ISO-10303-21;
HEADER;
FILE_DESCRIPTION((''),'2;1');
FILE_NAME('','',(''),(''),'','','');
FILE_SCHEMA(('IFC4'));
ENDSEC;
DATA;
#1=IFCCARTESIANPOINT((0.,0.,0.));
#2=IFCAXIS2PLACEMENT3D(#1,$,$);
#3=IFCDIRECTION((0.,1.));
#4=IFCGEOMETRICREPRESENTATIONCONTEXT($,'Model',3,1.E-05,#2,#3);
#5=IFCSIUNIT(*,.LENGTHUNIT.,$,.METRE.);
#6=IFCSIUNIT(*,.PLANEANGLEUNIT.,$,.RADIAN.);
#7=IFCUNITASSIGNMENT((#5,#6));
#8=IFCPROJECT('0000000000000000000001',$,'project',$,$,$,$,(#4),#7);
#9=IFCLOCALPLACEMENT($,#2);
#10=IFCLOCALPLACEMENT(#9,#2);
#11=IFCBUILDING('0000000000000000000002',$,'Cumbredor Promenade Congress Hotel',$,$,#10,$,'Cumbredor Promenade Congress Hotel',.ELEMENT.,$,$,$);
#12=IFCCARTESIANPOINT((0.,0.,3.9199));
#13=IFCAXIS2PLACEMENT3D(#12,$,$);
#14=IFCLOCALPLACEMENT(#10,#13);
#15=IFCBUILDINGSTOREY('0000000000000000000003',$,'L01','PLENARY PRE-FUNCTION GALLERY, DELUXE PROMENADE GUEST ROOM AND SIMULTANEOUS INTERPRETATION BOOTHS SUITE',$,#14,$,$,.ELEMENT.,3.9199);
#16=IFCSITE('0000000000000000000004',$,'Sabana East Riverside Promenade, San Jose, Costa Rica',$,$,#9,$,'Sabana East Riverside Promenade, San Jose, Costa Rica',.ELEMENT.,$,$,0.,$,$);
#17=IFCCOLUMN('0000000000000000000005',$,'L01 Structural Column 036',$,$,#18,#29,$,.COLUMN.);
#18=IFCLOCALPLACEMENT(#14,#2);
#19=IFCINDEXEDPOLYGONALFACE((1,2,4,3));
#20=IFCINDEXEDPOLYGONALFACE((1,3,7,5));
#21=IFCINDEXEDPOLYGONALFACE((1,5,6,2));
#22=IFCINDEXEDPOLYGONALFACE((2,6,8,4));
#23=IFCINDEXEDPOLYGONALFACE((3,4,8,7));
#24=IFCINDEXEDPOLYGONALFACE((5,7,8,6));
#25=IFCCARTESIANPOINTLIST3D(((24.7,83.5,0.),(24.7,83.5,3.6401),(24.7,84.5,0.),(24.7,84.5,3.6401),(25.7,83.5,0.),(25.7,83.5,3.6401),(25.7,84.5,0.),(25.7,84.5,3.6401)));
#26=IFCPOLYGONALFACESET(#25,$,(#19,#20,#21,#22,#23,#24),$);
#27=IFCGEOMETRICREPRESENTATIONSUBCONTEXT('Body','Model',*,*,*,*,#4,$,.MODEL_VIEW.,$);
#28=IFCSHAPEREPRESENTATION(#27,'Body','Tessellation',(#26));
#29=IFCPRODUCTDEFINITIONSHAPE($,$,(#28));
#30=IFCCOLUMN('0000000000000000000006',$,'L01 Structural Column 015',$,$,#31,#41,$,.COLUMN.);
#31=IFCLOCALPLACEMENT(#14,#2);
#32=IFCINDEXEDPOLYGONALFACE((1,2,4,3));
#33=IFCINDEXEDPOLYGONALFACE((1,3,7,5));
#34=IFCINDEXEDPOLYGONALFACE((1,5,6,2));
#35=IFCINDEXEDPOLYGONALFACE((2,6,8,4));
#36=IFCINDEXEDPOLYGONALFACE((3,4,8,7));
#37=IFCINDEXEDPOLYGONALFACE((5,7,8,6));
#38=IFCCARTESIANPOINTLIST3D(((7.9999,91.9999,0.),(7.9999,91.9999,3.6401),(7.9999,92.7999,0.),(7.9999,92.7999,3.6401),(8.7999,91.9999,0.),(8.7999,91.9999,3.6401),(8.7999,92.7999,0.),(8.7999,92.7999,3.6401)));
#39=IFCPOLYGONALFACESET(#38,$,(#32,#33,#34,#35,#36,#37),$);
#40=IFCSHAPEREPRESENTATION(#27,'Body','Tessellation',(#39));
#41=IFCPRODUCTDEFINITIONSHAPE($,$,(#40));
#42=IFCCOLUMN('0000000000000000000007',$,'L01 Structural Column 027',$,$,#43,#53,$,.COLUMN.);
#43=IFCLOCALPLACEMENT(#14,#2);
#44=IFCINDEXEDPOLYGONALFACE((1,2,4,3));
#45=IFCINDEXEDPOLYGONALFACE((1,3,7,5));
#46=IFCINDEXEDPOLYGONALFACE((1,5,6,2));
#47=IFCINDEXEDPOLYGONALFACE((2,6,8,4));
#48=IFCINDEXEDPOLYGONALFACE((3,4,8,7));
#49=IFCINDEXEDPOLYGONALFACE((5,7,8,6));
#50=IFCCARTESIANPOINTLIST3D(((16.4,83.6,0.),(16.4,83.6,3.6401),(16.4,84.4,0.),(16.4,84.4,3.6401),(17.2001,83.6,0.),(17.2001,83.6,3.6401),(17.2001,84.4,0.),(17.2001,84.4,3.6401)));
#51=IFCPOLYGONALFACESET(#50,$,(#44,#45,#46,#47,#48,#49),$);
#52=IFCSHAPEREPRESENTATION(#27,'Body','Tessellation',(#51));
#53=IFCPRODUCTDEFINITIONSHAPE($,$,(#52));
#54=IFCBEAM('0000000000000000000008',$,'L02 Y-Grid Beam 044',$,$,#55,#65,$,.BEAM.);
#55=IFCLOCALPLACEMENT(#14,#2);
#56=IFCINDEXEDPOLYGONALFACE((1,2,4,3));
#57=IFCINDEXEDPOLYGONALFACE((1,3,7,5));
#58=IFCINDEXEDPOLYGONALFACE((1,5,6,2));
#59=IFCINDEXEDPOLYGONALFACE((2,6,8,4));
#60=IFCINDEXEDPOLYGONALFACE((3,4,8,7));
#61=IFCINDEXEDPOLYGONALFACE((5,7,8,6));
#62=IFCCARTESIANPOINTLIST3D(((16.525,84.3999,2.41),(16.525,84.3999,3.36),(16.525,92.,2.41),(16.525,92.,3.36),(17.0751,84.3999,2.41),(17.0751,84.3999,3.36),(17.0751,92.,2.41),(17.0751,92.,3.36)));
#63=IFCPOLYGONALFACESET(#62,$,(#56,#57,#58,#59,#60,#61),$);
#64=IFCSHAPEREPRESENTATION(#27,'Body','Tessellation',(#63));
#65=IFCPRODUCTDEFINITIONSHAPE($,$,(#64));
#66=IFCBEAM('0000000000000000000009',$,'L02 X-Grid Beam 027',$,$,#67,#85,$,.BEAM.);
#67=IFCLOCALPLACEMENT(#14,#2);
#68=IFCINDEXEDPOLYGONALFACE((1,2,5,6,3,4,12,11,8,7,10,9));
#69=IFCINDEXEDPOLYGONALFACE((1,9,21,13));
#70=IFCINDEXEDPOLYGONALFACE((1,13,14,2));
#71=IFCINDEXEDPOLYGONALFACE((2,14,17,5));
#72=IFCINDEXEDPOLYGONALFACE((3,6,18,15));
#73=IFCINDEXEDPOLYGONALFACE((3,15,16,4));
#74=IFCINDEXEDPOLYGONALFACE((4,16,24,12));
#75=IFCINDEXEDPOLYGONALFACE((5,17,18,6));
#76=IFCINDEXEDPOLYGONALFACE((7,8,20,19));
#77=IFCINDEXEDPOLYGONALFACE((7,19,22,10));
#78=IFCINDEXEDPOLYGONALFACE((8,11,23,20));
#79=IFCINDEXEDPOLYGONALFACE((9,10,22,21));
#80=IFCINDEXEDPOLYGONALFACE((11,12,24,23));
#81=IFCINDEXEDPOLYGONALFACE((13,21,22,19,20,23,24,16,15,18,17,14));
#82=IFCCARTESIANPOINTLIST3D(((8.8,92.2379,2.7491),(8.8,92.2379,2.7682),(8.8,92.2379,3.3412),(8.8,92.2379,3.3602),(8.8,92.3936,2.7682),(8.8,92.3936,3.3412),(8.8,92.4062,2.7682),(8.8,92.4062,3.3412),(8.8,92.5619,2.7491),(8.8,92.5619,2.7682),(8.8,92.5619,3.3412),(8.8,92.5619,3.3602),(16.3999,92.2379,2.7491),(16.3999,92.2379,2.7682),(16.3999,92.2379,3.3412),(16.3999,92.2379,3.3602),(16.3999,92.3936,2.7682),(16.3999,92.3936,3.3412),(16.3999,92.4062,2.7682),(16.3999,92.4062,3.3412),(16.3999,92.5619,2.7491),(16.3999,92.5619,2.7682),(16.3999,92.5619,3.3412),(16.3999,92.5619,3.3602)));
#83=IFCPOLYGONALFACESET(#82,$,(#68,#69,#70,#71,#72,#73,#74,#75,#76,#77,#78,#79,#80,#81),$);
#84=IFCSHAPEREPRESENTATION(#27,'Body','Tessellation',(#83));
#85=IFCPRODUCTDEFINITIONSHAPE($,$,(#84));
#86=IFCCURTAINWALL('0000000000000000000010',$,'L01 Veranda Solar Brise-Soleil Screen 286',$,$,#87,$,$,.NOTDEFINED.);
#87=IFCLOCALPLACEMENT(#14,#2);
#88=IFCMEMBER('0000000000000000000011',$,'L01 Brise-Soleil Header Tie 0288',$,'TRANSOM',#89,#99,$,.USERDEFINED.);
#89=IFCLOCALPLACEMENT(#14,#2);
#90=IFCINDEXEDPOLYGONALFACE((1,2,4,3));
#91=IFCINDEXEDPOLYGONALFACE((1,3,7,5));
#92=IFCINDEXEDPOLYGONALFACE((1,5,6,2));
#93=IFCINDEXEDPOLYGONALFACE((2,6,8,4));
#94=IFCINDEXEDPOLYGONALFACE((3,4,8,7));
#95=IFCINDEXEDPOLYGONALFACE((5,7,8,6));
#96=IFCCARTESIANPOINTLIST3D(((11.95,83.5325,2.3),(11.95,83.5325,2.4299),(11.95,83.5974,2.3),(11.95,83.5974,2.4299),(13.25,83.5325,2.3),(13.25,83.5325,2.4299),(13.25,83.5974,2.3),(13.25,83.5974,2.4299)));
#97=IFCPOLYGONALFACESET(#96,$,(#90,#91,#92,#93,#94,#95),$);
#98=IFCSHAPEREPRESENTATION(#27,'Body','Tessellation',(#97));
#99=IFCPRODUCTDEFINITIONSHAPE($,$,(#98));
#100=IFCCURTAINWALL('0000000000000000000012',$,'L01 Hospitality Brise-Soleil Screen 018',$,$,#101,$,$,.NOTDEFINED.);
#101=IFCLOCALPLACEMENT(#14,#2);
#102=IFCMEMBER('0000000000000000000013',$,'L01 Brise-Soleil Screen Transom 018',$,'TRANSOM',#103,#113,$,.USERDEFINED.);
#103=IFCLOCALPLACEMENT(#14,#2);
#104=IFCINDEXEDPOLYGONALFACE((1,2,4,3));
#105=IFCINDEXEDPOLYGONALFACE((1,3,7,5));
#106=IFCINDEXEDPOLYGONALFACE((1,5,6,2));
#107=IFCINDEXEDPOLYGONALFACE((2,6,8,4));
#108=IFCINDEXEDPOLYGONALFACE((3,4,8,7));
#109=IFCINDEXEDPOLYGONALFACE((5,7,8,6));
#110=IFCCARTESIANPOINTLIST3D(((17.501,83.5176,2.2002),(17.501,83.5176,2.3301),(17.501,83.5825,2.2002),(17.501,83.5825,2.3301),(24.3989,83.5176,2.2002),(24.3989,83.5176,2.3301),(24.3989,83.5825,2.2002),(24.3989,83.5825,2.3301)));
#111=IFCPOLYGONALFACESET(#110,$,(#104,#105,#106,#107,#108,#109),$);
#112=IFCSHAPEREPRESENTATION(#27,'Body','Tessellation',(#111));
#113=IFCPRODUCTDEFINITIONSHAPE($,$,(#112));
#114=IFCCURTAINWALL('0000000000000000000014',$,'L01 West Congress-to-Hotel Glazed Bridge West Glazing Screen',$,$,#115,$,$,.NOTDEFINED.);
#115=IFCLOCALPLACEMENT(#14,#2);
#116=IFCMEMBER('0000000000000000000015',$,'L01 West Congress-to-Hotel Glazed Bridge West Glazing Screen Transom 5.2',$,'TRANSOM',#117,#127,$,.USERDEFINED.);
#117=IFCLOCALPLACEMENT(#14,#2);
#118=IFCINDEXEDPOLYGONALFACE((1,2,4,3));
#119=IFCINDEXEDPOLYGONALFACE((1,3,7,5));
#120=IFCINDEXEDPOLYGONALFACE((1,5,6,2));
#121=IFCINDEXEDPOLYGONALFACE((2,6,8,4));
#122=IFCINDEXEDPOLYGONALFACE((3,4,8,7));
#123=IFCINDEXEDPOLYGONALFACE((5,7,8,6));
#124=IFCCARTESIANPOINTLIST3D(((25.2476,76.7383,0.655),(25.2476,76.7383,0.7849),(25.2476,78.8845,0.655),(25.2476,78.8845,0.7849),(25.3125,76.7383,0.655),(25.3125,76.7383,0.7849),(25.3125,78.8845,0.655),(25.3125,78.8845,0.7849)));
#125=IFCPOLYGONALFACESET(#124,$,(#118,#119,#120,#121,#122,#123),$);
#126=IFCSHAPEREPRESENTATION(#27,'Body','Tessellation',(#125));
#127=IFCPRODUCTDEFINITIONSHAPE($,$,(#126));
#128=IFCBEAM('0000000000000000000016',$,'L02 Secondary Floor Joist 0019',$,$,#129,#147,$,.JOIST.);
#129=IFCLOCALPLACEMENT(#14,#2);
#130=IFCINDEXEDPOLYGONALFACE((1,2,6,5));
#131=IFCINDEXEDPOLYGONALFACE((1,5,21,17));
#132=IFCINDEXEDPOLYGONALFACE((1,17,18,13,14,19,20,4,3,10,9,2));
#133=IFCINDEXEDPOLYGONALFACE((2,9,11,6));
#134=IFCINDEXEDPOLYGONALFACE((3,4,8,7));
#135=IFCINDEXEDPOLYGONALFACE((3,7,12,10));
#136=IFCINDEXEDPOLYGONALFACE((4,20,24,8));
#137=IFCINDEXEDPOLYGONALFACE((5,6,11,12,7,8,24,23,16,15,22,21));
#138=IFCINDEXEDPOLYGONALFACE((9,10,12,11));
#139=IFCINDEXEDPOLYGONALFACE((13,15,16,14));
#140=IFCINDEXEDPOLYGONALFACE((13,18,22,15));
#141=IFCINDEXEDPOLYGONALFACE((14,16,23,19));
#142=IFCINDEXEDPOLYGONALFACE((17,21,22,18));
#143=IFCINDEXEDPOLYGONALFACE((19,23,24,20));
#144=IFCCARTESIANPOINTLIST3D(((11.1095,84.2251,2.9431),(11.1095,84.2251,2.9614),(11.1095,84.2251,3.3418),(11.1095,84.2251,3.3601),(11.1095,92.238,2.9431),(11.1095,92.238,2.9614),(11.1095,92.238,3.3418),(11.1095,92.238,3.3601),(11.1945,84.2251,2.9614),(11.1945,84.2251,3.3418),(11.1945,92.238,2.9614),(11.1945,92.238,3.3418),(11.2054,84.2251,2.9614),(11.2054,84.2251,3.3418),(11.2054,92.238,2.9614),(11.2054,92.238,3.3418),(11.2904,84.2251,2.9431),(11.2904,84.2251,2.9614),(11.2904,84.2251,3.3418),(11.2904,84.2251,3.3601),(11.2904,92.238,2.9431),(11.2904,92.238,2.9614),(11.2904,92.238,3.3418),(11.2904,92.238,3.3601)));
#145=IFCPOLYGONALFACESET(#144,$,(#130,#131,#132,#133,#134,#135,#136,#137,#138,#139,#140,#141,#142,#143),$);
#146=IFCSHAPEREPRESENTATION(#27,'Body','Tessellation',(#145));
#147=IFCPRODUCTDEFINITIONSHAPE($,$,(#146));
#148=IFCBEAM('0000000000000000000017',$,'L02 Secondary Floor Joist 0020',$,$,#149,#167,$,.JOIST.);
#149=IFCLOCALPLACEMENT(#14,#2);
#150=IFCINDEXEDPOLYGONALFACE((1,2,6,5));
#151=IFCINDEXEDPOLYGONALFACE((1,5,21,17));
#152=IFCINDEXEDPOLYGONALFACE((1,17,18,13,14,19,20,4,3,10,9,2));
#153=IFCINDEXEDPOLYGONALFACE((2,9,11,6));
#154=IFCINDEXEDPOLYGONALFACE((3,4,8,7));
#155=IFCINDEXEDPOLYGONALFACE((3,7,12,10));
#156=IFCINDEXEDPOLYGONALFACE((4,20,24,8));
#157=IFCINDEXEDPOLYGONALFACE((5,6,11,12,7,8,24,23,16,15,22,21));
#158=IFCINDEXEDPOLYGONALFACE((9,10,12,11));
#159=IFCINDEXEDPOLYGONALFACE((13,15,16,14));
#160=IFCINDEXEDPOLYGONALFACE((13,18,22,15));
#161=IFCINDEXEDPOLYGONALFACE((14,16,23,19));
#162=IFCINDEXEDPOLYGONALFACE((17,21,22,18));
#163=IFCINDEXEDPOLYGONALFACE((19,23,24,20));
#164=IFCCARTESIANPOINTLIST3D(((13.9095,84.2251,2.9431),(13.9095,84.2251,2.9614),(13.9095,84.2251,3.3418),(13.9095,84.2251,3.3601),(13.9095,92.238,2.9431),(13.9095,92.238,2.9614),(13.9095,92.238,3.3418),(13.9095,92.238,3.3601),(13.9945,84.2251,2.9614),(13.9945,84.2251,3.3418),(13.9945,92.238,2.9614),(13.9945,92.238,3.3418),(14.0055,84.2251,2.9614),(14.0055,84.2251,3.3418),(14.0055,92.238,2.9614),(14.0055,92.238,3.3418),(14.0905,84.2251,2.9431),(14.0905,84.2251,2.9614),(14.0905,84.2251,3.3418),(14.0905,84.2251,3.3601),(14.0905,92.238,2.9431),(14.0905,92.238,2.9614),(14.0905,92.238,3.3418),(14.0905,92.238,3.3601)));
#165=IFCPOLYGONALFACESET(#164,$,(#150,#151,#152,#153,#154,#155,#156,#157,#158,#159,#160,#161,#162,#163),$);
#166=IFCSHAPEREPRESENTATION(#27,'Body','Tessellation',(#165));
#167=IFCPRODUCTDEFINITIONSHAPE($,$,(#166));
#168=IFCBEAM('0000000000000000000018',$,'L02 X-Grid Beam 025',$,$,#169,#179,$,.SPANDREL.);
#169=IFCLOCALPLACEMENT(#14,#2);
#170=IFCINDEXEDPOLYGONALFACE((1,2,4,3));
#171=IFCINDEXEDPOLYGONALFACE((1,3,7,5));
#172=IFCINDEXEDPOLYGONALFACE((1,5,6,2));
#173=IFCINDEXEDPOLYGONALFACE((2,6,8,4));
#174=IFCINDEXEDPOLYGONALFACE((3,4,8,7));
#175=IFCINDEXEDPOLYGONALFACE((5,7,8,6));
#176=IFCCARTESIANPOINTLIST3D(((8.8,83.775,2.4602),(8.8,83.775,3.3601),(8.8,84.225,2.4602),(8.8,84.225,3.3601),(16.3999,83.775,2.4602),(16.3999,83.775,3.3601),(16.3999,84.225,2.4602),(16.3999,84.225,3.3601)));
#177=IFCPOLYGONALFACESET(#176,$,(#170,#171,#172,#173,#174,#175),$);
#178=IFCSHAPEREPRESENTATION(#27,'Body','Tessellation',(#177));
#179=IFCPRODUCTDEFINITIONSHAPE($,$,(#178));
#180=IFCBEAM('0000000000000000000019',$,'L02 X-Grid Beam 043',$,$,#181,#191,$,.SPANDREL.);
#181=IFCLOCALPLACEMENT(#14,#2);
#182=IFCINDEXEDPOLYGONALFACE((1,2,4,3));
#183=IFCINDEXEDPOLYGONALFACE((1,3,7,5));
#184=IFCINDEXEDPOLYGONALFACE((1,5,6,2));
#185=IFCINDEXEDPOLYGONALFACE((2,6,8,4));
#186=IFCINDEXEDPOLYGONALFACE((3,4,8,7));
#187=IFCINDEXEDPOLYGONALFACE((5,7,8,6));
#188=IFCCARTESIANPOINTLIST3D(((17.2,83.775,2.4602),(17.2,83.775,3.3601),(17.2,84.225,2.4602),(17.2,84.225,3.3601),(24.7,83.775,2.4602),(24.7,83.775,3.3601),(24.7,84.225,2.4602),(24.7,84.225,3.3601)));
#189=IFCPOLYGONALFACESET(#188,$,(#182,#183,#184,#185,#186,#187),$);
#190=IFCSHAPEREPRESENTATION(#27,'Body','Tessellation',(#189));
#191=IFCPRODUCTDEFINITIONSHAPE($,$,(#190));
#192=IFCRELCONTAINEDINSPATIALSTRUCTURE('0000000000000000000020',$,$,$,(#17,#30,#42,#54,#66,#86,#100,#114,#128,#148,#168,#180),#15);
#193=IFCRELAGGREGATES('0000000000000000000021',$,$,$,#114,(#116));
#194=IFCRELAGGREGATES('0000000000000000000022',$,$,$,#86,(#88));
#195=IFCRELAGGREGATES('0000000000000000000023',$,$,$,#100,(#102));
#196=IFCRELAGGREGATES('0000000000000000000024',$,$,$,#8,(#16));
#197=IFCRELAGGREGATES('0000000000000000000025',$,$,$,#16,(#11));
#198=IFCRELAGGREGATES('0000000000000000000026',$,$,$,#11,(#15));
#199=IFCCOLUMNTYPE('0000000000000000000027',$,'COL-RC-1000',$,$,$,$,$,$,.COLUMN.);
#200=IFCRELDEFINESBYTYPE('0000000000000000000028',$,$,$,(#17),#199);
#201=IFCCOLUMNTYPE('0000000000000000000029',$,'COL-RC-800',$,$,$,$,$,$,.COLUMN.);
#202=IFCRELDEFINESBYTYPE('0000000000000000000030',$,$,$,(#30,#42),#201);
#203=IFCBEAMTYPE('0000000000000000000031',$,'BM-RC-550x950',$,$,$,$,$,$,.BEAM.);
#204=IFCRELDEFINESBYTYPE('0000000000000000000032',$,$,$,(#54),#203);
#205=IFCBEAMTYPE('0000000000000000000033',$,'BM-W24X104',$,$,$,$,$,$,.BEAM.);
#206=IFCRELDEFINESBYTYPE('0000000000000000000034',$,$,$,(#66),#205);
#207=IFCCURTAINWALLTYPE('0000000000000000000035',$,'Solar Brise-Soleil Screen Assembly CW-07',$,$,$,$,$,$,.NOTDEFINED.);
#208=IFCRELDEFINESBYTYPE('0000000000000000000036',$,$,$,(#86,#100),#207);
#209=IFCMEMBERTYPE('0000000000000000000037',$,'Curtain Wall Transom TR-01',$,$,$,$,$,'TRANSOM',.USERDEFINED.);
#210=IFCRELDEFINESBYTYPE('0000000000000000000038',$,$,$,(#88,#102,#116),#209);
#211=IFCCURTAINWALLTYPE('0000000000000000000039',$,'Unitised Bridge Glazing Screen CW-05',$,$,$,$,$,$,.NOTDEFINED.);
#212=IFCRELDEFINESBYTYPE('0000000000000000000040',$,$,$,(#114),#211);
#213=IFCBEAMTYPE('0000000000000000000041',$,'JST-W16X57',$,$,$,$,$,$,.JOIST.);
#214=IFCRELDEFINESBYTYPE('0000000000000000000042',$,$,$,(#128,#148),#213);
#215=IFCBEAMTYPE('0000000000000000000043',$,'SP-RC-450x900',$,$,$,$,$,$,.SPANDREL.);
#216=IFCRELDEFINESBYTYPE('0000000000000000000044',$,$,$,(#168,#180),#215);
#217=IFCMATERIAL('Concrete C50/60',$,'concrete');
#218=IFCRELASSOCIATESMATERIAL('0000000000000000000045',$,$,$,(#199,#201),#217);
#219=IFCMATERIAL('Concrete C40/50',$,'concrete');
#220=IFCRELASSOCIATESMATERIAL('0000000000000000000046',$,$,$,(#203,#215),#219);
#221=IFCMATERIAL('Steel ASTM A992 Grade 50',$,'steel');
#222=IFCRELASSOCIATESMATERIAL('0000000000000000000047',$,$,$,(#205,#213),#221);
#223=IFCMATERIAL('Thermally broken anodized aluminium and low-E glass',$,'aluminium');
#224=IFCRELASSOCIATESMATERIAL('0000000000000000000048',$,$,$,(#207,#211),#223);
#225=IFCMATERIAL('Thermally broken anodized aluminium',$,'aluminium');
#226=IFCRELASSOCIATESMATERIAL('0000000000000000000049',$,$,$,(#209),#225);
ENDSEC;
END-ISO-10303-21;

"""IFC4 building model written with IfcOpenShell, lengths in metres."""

from ifc_helpers import new_model, si_unit, direction, frame, origin, origin_2d, place, context, subcontext, project, spatial, rectangle, i_section, extrude, material, material_profile, profile_set, type_object, element, aggregate, save


model = new_model("IFC4")

# Units and contexts
model_context = context("Model", 3, precision=1e-05, world=origin(), true_north=direction((0.0, 1.0)))
body_context = subcontext(model_context, "Body", "Model", "MODEL_VIEW")
ifc_project = project(units=[si_unit("LENGTHUNIT", "METRE"), si_unit("PLANEANGLEUNIT", "RADIAN")], contexts=[model_context])

# Site, building, storey
site_placement = place(None, origin())
site = spatial("IfcSite", under=ifc_project, at=site_placement, Name="Sabana East Riverside Promenade, San Jose, Costa Rica", LongName="Sabana East Riverside Promenade, San Jose, Costa Rica", CompositionType="ELEMENT", RefElevation=0.0)
building_placement = place(site_placement, origin())
building = spatial("IfcBuilding", under=site, at=building_placement, Name="Cumbredor Promenade Congress Hotel", LongName="Cumbredor Promenade Congress Hotel", CompositionType="ELEMENT")
storey_placement = place(building_placement, frame((0.0, 0.0, 3.9199)))
storey = spatial("IfcBuildingStorey", under=building, at=storey_placement, Name="L01", Description="PLENARY PRE-FUNCTION GALLERY, DELUXE PROMENADE GUEST ROOM AND SIMULTANEOUS INTERPRETATION BOOTHS SUITE", CompositionType="ELEMENT", Elevation=3.9199)

# Columns
ifc_material_1 = material(Name="Concrete C50/60", Category="concrete")
ifc_material_profile_1 = material_profile(ifc_material_1, rectangle(XDim=1.0, YDim=1.0, at=origin_2d()), Name="RC 1000x1000")
ifc_profile_set_1 = profile_set([ifc_material_profile_1], Name="Concrete C50/60")
column_type_1 = type_object("IfcColumnType", Name="COL-RC-1000", PredefinedType="COLUMN", material=ifc_profile_set_1)
column_placement = place(storey_placement, frame((25.2, 84.0, 0.0), z_axis=(0.0, 0.0, 1.0), x_axis=(1.0, 0.0, 0.0)))
element("IfcColumn", 1, at=column_placement, inside=storey, type_object=column_type_1, Name="L01 Structural Column 036", PredefinedType="COLUMN", context=body_context, shape_type="SweptSolid", body=[
    extrude(rectangle(XDim=1.0, YDim=1.0, at=origin_2d()), origin(), (0.0, 0.0, 1.0), 3.6401),
])
ifc_material_profile_2 = material_profile(ifc_material_1, rectangle(XDim=0.8, YDim=0.8, at=origin_2d()), Name="RC 800x800")
ifc_profile_set_2 = profile_set([ifc_material_profile_2], Name="Concrete C50/60")
column_type_2 = type_object("IfcColumnType", Name="COL-RC-800", PredefinedType="COLUMN", material=ifc_profile_set_2)
for number, where, z_axis, x_axis, name in (
    (2, (8.3999, 92.3999, 0.0), (0.0, 0.0, 1.0), (1.0, 0.0, 0.0), "L01 Structural Column 015"),
    (3, (16.8, 84.0, 0.0), (0.0, 0.0, 1.0), (1.0, 0.0, 0.0), "L01 Structural Column 027"),
):
    element("IfcColumn", number, at=place(storey_placement, frame(where, z_axis=z_axis, x_axis=x_axis)), inside=storey, type_object=column_type_2, Name=name, PredefinedType="COLUMN", context=body_context, shape_type="SweptSolid", body=[
        extrude(rectangle(XDim=0.8, YDim=0.8, at=origin_2d()), origin(), (0.0, 0.0, 1.0), 3.6401),
    ])

# Beams
ifc_material_2 = material(Name="Concrete C40/50", Category="concrete")
ifc_material_profile_3 = material_profile(ifc_material_2, rectangle(XDim=0.55, YDim=0.95, at=origin_2d()), Name="RC BEAM 550x950")
ifc_profile_set_3 = profile_set([ifc_material_profile_3], Name="Concrete C40/50")
beam_type_1 = type_object("IfcBeamType", Name="BM-RC-550x950", PredefinedType="BEAM", material=ifc_profile_set_3)
beam_1_placement = place(storey_placement, frame((16.8, 84.3999, 2.885), z_axis=(0.0, 1.0, 0.0), x_axis=(-1.0, 0.0, 0.0)))
element("IfcBeam", 4, at=beam_1_placement, inside=storey, type_object=beam_type_1, Name="L02 Y-Grid Beam 044", PredefinedType="BEAM", context=body_context, shape_type="SweptSolid", body=[
    extrude(rectangle(XDim=0.55, YDim=0.95, at=origin_2d()), origin(), (0.0, 0.0, 1.0), 7.6001),
])
ifc_material_3 = material(Name="Steel ASTM A992 Grade 50", Category="steel")
ifc_material_profile_4 = material_profile(ifc_material_3, i_section(OverallWidth=0.324, OverallDepth=0.6111, WebThickness=0.0127, FlangeThickness=0.019, at=origin_2d()), Name="W24X104")
ifc_profile_set_4 = profile_set([ifc_material_profile_4], Name="Steel ASTM A992 Grade 50")
beam_type_2 = type_object("IfcBeamType", Name="BM-W24X104", PredefinedType="BEAM", material=ifc_profile_set_4)
beam_2_placement = place(storey_placement, frame((8.8, 92.3999, 3.0547), z_axis=(1.0, 0.0, 0.0), x_axis=(0.0, 1.0, 0.0)))
element("IfcBeam", 5, at=beam_2_placement, inside=storey, type_object=beam_type_2, Name="L02 X-Grid Beam 027", PredefinedType="BEAM", context=body_context, shape_type="SweptSolid", body=[
    extrude(i_section(OverallWidth=0.324, OverallDepth=0.6111, WebThickness=0.0127, FlangeThickness=0.019, at=origin_2d()), origin(), (0.0, 0.0, 1.0), 7.5999),
])

# Curtain walls, members
ifc_material_4 = material(Name="Thermally broken anodized aluminium and low-E glass", Category="aluminium")
curtain_wall_type_1 = type_object("IfcCurtainWallType", Name="Solar Brise-Soleil Screen Assembly CW-07", PredefinedType="NOTDEFINED", material=ifc_material_4)
curtain_wall_1_placement = place(storey_placement, origin())
curtain_wall_1 = element("IfcCurtainWall", 6, at=curtain_wall_1_placement, inside=storey, type_object=curtain_wall_type_1, Name="L01 Veranda Solar Brise-Soleil Screen 286", PredefinedType="NOTDEFINED")
ifc_material_5 = material(Name="Thermally broken anodized aluminium", Category="aluminium")
ifc_material_profile_5 = material_profile(ifc_material_5, rectangle(XDim=0.0649, YDim=0.1299, at=origin_2d()), Name="ALU TRANSOM 65x130")
ifc_profile_set_5 = profile_set([ifc_material_profile_5], Name="Thermally broken anodized aluminium")
member_type_1 = type_object("IfcMemberType", Name="Curtain Wall Transom TR-01", ElementType="TRANSOM", PredefinedType="USERDEFINED", material=ifc_profile_set_5)
member_1_placement = place(storey_placement, frame((11.95, 83.5649, 2.365), z_axis=(1.0, 0.0, 0.0), x_axis=(0.0, 1.0, 0.0)))
member_1 = element("IfcMember", 7, at=member_1_placement, type_object=member_type_1, Name="L01 Brise-Soleil Header Tie 0288", ObjectType="TRANSOM", PredefinedType="USERDEFINED", context=body_context, shape_type="SweptSolid", body=[
    extrude(rectangle(XDim=0.0649, YDim=0.1299, at=origin_2d()), origin(), (0.0, 0.0, 1.0), 1.3),
])
curtain_wall_2_placement = place(storey_placement, origin())
curtain_wall_2 = element("IfcCurtainWall", 8, at=curtain_wall_2_placement, inside=storey, type_object=curtain_wall_type_1, Name="L01 Hospitality Brise-Soleil Screen 018", PredefinedType="NOTDEFINED")
member_2_placement = place(storey_placement, frame((17.501, 83.55, 2.2651), z_axis=(1.0, 0.0, 0.0), x_axis=(0.0, 1.0, 0.0)))
member_2 = element("IfcMember", 9, at=member_2_placement, type_object=member_type_1, Name="L01 Brise-Soleil Screen Transom 018", ObjectType="TRANSOM", PredefinedType="USERDEFINED", context=body_context, shape_type="SweptSolid", body=[
    extrude(rectangle(XDim=0.0649, YDim=0.1299, at=origin_2d()), origin(), (0.0, 0.0, 1.0), 6.8979),
])
curtain_wall_type_2 = type_object("IfcCurtainWallType", Name="Unitised Bridge Glazing Screen CW-05", PredefinedType="NOTDEFINED", material=ifc_material_4)
curtain_wall_3_placement = place(storey_placement, origin())
curtain_wall_3 = element("IfcCurtainWall", 10, at=curtain_wall_3_placement, inside=storey, type_object=curtain_wall_type_2, Name="L01 West Congress-to-Hotel Glazed Bridge West Glazing Screen", PredefinedType="NOTDEFINED")
member_3_placement = place(storey_placement, frame((25.28, 76.7383, 0.72), z_axis=(0.0, 1.0, 0.0), x_axis=(-1.0, 0.0, 0.0)))
member_3 = element("IfcMember", 11, at=member_3_placement, type_object=member_type_1, Name="L01 West Congress-to-Hotel Glazed Bridge West Glazing Screen Transom 5.2", ObjectType="TRANSOM", PredefinedType="USERDEFINED", context=body_context, shape_type="SweptSolid", body=[
    extrude(rectangle(XDim=0.0649, YDim=0.1299, at=origin_2d()), origin(), (0.0, 0.0, 1.0), 2.1462),
])
aggregate(curtain_wall_3, [member_3])

# Beams
ifc_material_profile_6 = material_profile(ifc_material_3, i_section(OverallWidth=0.1809, OverallDepth=0.417, WebThickness=0.011, FlangeThickness=0.0183, at=origin_2d()), Name="W16X57")
ifc_profile_set_6 = profile_set([ifc_material_profile_6], Name="Steel ASTM A992 Grade 50")
beam_type_3 = type_object("IfcBeamType", Name="JST-W16X57", PredefinedType="JOIST", material=ifc_profile_set_6)
for number, where, z_axis, x_axis, name in (
    (12, (11.2, 84.2251, 3.1516), (0.0, 1.0, 0.0), (-1.0, 0.0, 0.0), "L02 Secondary Floor Joist 0019"),
    (13, (14.0, 84.2251, 3.1516), (0.0, 1.0, 0.0), (-1.0, 0.0, 0.0), "L02 Secondary Floor Joist 0020"),
):
    element("IfcBeam", number, at=place(storey_placement, frame(where, z_axis=z_axis, x_axis=x_axis)), inside=storey, type_object=beam_type_3, Name=name, PredefinedType="JOIST", context=body_context, shape_type="SweptSolid", body=[
        extrude(i_section(OverallWidth=0.1809, OverallDepth=0.417, WebThickness=0.011, FlangeThickness=0.0183, at=origin_2d()), origin(), (0.0, 0.0, 1.0), 8.0129),
    ])
ifc_material_profile_7 = material_profile(ifc_material_2, rectangle(XDim=0.45, YDim=0.8999, at=origin_2d()), Name="RC SPANDREL 450x900")
ifc_profile_set_7 = profile_set([ifc_material_profile_7], Name="Concrete C40/50")
beam_type_4 = type_object("IfcBeamType", Name="SP-RC-450x900", PredefinedType="SPANDREL", material=ifc_profile_set_7)
beam_3_placement = place(storey_placement, frame((8.8, 84.0, 2.9102), z_axis=(1.0, 0.0, 0.0), x_axis=(0.0, 1.0, 0.0)))
element("IfcBeam", 14, at=beam_3_placement, inside=storey, type_object=beam_type_4, Name="L02 X-Grid Beam 025", PredefinedType="SPANDREL", context=body_context, shape_type="SweptSolid", body=[
    extrude(rectangle(XDim=0.45, YDim=0.8999, at=origin_2d()), origin(), (0.0, 0.0, 1.0), 7.5999),
])
beam_4_placement = place(storey_placement, frame((17.2, 84.0, 2.9102), z_axis=(1.0, 0.0, 0.0), x_axis=(0.0, 1.0, 0.0)))
element("IfcBeam", 15, at=beam_4_placement, inside=storey, type_object=beam_type_4, Name="L02 X-Grid Beam 043", PredefinedType="SPANDREL", context=body_context, shape_type="SweptSolid", body=[
    extrude(rectangle(XDim=0.45, YDim=0.8999, at=origin_2d()), origin(), (0.0, 0.0, 1.0), 7.5),
])

aggregate(curtain_wall_1, [member_1])

aggregate(curtain_wall_2, [member_2])

save(model, "model.ifc")
